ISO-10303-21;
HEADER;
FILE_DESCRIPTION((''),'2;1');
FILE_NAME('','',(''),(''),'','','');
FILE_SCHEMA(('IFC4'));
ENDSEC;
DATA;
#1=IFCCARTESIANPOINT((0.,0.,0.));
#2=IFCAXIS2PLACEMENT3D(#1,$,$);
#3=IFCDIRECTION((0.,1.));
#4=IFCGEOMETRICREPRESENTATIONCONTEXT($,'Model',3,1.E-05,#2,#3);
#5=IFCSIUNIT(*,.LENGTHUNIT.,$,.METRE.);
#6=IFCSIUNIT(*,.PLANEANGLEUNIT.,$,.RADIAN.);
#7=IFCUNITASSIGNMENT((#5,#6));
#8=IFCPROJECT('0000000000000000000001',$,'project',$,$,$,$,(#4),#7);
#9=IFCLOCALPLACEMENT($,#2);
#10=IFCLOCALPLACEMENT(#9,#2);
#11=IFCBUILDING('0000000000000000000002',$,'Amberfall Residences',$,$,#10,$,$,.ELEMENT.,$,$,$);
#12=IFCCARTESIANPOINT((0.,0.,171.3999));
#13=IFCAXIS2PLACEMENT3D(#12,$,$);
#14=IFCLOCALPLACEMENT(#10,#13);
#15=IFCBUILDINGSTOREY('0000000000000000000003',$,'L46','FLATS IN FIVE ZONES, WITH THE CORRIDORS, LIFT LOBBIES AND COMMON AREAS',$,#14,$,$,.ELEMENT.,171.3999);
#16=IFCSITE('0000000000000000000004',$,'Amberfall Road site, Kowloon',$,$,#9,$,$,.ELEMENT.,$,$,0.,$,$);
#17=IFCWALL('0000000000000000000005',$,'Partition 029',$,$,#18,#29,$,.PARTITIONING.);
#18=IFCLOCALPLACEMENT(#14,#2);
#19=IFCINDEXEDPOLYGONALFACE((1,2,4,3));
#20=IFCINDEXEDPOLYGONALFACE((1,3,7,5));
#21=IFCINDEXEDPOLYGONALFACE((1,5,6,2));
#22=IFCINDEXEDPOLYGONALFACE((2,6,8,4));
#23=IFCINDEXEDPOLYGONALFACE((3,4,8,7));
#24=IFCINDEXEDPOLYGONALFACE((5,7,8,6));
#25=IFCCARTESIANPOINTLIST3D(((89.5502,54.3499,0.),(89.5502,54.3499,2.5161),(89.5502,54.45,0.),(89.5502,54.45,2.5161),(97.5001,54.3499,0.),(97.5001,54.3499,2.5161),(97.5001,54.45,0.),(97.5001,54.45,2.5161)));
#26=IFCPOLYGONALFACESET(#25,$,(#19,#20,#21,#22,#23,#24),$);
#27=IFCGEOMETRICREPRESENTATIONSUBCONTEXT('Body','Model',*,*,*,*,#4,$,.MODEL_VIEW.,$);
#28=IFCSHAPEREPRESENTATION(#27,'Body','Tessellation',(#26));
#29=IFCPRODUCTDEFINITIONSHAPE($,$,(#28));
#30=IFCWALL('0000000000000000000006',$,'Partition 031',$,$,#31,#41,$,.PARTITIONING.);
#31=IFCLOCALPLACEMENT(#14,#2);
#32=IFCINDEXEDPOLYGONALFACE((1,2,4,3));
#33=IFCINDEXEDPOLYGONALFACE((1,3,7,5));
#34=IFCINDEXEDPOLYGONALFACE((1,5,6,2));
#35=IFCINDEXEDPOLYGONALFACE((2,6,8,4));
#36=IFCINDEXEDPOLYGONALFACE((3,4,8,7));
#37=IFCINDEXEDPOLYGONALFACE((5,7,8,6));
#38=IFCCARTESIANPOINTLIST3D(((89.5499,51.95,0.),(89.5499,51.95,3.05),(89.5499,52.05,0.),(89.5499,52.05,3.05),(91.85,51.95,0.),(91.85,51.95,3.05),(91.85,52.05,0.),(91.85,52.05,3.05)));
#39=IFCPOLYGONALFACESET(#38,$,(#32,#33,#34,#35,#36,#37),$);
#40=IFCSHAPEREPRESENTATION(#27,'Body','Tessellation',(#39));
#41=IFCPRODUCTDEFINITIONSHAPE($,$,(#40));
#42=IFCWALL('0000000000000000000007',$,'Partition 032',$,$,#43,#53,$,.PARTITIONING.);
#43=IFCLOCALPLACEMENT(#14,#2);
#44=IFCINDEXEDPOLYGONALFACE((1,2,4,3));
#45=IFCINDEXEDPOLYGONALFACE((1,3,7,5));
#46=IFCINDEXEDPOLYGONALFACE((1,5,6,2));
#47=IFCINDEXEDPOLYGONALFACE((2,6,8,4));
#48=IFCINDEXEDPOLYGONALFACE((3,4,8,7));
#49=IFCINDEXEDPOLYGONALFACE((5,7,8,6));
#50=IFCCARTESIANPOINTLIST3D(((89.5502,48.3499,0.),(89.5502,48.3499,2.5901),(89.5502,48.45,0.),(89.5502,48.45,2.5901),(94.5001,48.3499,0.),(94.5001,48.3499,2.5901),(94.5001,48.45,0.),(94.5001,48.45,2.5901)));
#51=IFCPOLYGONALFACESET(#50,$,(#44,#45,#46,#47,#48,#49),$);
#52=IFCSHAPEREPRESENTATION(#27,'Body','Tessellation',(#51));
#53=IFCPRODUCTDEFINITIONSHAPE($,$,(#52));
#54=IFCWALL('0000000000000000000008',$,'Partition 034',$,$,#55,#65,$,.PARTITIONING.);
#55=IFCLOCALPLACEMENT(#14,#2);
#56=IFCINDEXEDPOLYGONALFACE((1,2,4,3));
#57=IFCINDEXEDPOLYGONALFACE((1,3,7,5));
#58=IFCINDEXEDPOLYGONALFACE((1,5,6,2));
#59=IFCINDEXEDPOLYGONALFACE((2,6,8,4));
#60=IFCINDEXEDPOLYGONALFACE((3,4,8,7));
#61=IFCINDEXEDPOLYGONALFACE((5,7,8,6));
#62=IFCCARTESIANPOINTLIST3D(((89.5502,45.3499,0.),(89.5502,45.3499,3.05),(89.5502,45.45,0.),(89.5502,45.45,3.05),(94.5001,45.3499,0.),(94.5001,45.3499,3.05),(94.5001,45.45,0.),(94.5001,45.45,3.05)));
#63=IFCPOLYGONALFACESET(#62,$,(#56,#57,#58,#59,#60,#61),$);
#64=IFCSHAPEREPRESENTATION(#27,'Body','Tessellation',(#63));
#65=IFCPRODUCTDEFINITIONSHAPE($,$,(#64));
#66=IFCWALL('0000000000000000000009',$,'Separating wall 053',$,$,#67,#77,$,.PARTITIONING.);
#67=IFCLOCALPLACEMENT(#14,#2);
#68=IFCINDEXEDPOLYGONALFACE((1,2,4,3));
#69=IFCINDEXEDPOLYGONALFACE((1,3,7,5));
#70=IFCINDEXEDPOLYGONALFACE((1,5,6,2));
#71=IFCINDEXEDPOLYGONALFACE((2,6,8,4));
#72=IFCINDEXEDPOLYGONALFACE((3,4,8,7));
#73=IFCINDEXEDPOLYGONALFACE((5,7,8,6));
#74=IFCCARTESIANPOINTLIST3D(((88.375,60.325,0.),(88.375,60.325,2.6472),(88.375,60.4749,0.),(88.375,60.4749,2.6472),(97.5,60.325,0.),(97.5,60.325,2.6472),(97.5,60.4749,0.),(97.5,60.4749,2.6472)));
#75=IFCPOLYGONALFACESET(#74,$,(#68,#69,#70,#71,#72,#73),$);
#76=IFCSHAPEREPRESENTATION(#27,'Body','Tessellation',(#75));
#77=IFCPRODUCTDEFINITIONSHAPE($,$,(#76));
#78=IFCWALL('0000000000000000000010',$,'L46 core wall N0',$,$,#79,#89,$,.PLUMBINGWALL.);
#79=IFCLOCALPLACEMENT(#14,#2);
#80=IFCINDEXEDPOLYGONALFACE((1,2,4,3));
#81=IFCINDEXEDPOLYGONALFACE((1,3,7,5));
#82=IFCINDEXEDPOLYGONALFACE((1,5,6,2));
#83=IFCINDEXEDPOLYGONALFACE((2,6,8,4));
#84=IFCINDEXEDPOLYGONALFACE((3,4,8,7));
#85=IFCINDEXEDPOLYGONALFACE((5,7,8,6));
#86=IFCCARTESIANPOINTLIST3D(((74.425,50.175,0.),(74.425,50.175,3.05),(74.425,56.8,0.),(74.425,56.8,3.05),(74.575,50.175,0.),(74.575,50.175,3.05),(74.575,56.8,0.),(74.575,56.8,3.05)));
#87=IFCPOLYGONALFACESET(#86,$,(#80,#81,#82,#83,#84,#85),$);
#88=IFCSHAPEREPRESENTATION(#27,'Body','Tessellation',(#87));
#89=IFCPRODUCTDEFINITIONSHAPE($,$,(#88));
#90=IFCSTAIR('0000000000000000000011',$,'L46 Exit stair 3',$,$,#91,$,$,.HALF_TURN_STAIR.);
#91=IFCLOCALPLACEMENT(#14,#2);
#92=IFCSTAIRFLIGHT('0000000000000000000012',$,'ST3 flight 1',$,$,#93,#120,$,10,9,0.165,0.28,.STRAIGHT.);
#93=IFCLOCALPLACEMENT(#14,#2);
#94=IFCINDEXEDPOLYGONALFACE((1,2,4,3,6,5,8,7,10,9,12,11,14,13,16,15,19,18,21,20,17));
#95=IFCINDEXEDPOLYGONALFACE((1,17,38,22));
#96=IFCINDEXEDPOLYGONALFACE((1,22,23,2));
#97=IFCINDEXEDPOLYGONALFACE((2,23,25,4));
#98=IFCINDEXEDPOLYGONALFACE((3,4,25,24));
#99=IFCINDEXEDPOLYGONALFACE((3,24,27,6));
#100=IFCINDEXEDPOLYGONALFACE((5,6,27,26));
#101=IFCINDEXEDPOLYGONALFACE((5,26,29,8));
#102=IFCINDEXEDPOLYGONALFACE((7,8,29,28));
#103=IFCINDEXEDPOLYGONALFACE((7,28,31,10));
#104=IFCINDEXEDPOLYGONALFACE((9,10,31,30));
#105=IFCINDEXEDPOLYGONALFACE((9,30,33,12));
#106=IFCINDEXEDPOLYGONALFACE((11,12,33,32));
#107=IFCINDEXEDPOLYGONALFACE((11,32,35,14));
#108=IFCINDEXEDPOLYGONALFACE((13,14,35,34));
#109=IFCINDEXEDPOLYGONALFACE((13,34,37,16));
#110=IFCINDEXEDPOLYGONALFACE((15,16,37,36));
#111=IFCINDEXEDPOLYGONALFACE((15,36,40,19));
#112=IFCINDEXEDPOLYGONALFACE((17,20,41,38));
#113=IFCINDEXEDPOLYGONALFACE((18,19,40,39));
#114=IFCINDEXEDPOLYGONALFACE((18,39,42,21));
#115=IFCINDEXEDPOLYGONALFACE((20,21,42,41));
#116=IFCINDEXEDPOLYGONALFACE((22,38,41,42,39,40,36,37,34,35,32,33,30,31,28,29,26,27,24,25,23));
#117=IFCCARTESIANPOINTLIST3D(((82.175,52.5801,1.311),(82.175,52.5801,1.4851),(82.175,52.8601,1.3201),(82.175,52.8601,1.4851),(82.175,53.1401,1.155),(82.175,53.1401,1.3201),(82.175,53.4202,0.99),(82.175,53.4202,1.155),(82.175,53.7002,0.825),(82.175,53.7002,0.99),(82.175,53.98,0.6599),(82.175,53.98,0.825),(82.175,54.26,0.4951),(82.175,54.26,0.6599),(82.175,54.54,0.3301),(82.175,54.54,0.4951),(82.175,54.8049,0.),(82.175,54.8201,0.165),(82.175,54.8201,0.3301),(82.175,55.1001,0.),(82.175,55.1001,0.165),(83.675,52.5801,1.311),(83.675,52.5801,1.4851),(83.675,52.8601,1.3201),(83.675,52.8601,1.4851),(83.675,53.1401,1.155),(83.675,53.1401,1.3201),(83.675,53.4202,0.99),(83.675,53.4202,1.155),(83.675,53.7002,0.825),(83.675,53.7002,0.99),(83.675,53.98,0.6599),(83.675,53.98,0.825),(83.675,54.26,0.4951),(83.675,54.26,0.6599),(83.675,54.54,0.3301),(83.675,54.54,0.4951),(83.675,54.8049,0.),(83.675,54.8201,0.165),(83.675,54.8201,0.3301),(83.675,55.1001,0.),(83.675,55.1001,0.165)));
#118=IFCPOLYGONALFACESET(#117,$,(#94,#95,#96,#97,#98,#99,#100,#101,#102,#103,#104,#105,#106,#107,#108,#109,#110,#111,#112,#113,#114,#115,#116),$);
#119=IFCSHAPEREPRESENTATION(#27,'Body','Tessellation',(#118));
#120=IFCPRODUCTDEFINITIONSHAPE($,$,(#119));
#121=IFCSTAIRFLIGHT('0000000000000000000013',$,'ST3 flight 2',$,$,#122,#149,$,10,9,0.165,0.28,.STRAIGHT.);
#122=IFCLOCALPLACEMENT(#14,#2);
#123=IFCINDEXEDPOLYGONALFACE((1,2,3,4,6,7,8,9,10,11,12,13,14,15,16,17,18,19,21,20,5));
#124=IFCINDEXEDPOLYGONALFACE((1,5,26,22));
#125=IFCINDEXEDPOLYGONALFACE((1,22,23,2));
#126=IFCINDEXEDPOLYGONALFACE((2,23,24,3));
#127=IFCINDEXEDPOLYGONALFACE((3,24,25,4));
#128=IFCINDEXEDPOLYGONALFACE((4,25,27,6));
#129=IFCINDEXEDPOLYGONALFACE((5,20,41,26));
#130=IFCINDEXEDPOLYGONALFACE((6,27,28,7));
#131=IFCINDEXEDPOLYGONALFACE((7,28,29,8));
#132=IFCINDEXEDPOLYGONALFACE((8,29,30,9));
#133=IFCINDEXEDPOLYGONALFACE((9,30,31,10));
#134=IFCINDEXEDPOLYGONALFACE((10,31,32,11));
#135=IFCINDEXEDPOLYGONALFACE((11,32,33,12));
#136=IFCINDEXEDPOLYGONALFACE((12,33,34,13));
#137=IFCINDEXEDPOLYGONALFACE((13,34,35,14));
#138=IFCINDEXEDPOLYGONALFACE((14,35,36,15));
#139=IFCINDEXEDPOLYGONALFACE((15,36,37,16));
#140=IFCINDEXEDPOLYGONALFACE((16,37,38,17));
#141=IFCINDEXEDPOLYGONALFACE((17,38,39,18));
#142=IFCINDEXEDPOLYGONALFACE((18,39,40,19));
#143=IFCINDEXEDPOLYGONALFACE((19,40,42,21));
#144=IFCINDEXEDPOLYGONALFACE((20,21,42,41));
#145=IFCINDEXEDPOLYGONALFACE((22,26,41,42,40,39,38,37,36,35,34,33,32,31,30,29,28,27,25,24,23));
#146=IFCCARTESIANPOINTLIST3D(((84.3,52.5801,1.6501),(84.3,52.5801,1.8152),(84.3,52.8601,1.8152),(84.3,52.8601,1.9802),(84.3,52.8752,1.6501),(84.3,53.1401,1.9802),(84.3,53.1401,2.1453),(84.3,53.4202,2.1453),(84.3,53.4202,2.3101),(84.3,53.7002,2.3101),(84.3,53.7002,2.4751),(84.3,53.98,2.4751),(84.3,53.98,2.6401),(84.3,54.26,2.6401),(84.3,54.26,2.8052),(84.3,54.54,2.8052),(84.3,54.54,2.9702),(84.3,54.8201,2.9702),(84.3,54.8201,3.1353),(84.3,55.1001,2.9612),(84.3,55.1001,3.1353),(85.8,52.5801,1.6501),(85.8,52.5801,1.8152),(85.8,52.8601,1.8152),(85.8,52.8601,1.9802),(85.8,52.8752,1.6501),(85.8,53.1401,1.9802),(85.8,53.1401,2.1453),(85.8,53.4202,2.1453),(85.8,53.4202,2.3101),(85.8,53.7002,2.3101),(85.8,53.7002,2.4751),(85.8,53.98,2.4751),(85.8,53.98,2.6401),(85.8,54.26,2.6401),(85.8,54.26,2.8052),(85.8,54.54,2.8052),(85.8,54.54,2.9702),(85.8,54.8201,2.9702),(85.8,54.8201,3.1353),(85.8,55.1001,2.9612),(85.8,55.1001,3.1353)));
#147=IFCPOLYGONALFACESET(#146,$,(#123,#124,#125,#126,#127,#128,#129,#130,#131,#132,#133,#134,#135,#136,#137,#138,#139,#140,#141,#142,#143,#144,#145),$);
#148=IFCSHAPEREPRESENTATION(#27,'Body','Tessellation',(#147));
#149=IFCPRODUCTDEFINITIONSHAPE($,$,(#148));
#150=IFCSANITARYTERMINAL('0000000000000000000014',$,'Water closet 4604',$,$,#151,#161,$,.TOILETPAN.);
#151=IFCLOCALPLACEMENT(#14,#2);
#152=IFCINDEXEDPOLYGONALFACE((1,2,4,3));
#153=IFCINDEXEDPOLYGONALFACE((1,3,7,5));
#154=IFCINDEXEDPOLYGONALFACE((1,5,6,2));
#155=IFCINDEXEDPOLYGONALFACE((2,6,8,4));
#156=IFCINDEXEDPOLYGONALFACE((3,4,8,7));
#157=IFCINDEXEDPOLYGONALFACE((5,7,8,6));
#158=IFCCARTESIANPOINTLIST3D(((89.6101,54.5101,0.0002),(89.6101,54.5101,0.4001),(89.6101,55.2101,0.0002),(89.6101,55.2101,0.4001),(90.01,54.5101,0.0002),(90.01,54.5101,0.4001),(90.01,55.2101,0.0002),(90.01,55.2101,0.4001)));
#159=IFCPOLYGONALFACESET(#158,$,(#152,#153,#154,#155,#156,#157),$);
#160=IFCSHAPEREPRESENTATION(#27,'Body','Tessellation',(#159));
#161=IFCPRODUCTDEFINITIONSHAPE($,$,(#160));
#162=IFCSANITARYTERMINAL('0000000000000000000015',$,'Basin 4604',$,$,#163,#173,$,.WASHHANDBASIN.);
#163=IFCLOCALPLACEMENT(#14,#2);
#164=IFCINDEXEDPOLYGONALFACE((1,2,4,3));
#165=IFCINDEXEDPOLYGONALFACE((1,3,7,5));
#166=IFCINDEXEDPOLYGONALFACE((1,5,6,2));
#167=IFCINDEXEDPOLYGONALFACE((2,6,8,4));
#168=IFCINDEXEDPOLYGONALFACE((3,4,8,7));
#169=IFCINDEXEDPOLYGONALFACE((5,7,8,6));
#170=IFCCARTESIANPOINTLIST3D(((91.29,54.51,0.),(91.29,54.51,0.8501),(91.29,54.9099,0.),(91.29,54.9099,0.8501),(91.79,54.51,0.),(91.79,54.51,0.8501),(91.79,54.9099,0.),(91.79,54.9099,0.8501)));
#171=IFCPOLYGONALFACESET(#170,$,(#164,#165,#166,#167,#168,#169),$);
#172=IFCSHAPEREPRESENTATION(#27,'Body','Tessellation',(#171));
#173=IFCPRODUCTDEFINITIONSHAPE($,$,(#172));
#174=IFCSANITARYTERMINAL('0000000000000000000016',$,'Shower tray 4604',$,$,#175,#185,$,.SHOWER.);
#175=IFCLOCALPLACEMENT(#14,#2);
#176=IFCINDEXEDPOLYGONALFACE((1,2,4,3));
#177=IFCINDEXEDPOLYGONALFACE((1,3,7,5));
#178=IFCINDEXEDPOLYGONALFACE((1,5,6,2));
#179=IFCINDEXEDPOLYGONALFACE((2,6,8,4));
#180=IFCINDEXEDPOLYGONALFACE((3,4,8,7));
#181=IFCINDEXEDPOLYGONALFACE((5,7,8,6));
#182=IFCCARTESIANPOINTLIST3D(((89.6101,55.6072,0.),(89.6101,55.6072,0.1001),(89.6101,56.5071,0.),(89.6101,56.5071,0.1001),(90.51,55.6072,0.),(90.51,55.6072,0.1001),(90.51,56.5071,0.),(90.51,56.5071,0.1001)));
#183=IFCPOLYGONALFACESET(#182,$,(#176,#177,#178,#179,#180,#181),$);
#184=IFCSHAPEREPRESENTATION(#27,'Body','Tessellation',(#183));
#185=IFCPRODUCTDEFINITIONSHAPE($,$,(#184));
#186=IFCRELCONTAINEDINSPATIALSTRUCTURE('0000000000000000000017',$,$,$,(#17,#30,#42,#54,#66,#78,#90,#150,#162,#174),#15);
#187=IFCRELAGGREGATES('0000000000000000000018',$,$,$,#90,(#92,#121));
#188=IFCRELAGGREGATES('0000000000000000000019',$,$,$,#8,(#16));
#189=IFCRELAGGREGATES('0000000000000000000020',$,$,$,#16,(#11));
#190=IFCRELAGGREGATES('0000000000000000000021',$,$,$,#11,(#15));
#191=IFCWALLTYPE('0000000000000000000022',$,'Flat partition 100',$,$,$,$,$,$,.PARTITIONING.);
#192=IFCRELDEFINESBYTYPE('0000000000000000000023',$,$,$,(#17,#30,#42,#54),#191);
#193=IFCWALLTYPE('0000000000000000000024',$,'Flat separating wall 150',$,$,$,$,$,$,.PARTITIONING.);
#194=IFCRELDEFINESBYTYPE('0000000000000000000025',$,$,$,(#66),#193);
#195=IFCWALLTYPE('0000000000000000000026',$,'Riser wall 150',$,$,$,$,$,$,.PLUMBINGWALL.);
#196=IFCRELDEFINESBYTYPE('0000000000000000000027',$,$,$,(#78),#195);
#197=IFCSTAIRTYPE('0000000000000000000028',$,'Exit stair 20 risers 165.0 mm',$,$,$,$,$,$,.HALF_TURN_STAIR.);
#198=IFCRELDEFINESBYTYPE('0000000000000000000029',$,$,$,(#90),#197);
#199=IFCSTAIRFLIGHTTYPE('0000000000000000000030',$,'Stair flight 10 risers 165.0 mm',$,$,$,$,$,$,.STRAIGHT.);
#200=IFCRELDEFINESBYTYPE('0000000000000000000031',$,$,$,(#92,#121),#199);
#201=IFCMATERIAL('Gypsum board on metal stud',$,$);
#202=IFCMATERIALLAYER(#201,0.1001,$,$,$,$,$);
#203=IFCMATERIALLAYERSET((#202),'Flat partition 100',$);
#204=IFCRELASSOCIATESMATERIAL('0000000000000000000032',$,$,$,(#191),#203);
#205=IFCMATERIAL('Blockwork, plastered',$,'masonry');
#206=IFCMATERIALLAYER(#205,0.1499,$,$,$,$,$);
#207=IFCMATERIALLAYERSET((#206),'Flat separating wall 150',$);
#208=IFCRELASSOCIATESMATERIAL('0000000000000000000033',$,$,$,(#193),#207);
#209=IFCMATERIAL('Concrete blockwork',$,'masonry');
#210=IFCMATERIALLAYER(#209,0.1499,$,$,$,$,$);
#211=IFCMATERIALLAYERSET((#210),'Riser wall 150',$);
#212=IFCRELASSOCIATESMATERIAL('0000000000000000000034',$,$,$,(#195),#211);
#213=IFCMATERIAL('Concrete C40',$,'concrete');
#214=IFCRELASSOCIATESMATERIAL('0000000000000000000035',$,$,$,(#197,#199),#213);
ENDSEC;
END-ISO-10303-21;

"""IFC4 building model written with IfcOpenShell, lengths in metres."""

from ifc_helpers import new_model, si_unit, direction, frame, frame_2d, origin, origin_2d, place, context, subcontext, project, spatial, polyline, rectangle, outline, extrude, material, layer, layer_set, type_object, element, aggregate, save


model = new_model("IFC4")

# Units and contexts
model_context = context("Model", 3, precision=1e-05, world=origin(), true_north=direction((0.0, 1.0)))
body_context = subcontext(model_context, "Body", "Model", "MODEL_VIEW")
ifc_project = project(units=[si_unit("LENGTHUNIT", "METRE"), si_unit("PLANEANGLEUNIT", "RADIAN")], contexts=[model_context])

# Site, building, storey
site_placement = place(None, origin())
site = spatial("IfcSite", under=ifc_project, at=site_placement, Name="Amberfall Road site, Kowloon", CompositionType="ELEMENT", RefElevation=0.0)
building_placement = place(site_placement, origin())
building = spatial("IfcBuilding", under=site, at=building_placement, Name="Amberfall Residences", CompositionType="ELEMENT")
storey_placement = place(building_placement, frame((0.0, 0.0, 171.3999)))
storey = spatial("IfcBuildingStorey", under=building, at=storey_placement, Name="L46", Description="FLATS IN FIVE ZONES, WITH THE CORRIDORS, LIFT LOBBIES AND COMMON AREAS", CompositionType="ELEMENT", Elevation=171.3999)

# Shared definitions
ifc_material_1 = material(Name="Gypsum board on metal stud")
ifc_layer_1 = layer(ifc_material_1, 0.1001)
ifc_layer_set_1 = layer_set([ifc_layer_1], Name="Flat partition 100")
wall_type_1 = type_object("IfcWallType", Name="Flat partition 100", PredefinedType="PARTITIONING", material=ifc_layer_set_1)

# Walls
wall_1_placement = place(storey_placement, frame((89.55, 54.3999, 0.0), z_axis=(0.0, 0.0, 1.0), x_axis=(1.0, 0.0, 0.0)))
element("IfcWall", 1, at=wall_1_placement, inside=storey, type_object=wall_type_1, Name="Partition 029", PredefinedType="PARTITIONING", context=body_context, shape_type="SweptSolid", body=[
    extrude(rectangle(XDim=7.95, YDim=0.1001, at=frame_2d((3.9751, 0.0))), origin(), (0.0, 0.0, 1.0), 2.5161),
])
wall_2_placement = place(storey_placement, frame((89.55, 52.0, 0.0), z_axis=(0.0, 0.0, 1.0), x_axis=(1.0, 0.0, 0.0)))
element("IfcWall", 2, at=wall_2_placement, inside=storey, type_object=wall_type_1, Name="Partition 031", PredefinedType="PARTITIONING", context=body_context, shape_type="SweptSolid", body=[
    extrude(rectangle(XDim=2.3, YDim=0.1001, at=frame_2d((1.1499, 0.0))), origin(), (0.0, 0.0, 1.0), 3.05),
])
wall_3_placement = place(storey_placement, frame((89.55, 48.3999, 0.0), z_axis=(0.0, 0.0, 1.0), x_axis=(1.0, 0.0, 0.0)))
element("IfcWall", 3, at=wall_3_placement, inside=storey, type_object=wall_type_1, Name="Partition 032", PredefinedType="PARTITIONING", context=body_context, shape_type="SweptSolid", body=[
    extrude(rectangle(XDim=4.95, YDim=0.1001, at=frame_2d((2.4751, 0.0))), origin(), (0.0, 0.0, 1.0), 2.5901),
])
wall_4_placement = place(storey_placement, frame((89.55, 45.3999, 0.0), z_axis=(0.0, 0.0, 1.0), x_axis=(1.0, 0.0, 0.0)))
element("IfcWall", 4, at=wall_4_placement, inside=storey, type_object=wall_type_1, Name="Partition 034", PredefinedType="PARTITIONING", context=body_context, shape_type="SweptSolid", body=[
    extrude(rectangle(XDim=4.95, YDim=0.1001, at=frame_2d((2.4751, 0.0))), origin(), (0.0, 0.0, 1.0), 3.05),
])
ifc_material_2 = material(Name="Blockwork, plastered", Category="masonry")
ifc_layer_2 = layer(ifc_material_2, 0.1499)
ifc_layer_set_2 = layer_set([ifc_layer_2], Name="Flat separating wall 150")
wall_type_2 = type_object("IfcWallType", Name="Flat separating wall 150", PredefinedType="PARTITIONING", material=ifc_layer_set_2)
wall_5_placement = place(storey_placement, frame((88.375, 60.3999, 0.0), z_axis=(0.0, 0.0, 1.0), x_axis=(1.0, 0.0, 0.0)))
element("IfcWall", 5, at=wall_5_placement, inside=storey, type_object=wall_type_2, Name="Separating wall 053", PredefinedType="PARTITIONING", context=body_context, shape_type="SweptSolid", body=[
    extrude(rectangle(XDim=9.125, YDim=0.1499, at=frame_2d((4.5625, 0.0))), origin(), (0.0, 0.0, 1.0), 2.6472),
])
ifc_material_3 = material(Name="Concrete blockwork", Category="masonry")
ifc_layer_3 = layer(ifc_material_3, 0.1499)
ifc_layer_set_3 = layer_set([ifc_layer_3], Name="Riser wall 150")
wall_type_3 = type_object("IfcWallType", Name="Riser wall 150", PredefinedType="PLUMBINGWALL", material=ifc_layer_set_3)
wall_6_placement = place(storey_placement, frame((74.5, 50.175, 0.0), z_axis=(0.0, 0.0, 1.0), x_axis=(0.0, 1.0, 0.0)))
element("IfcWall", 6, at=wall_6_placement, inside=storey, type_object=wall_type_3, Name="L46 core wall N0", PredefinedType="PLUMBINGWALL", context=body_context, shape_type="SweptSolid", body=[
    extrude(rectangle(XDim=6.625, YDim=0.1499, at=frame_2d((3.3125, 0.0))), origin(), (0.0, 0.0, 1.0), 3.05),
])

# Stair, stair flights
ifc_material_4 = material(Name="Concrete C40", Category="concrete")
stair_type = type_object("IfcStairType", Name="Exit stair 20 risers 165.0 mm", PredefinedType="HALF_TURN_STAIR", material=ifc_material_4)
stair_placement = place(storey_placement, origin())
stair = element("IfcStair", 7, at=stair_placement, inside=storey, type_object=stair_type, Name="L46 Exit stair 3", PredefinedType="HALF_TURN_STAIR")
stair_flight_type = type_object("IfcStairFlightType", Name="Stair flight 10 risers 165.0 mm", PredefinedType="STRAIGHT", material=ifc_material_4)
stair_flight_1_placement = place(storey_placement, frame((82.925, 55.1001, 0.0), z_axis=(0.0, 0.0, 1.0), x_axis=(0.0, -1.0, 0.0)))
stair_flight_1 = element("IfcStairFlight", 8, at=stair_flight_1_placement, type_object=stair_flight_type, Name="ST3 flight 1", NumberOfRisers=10, NumberOfTreads=9, PredefinedType="STRAIGHT", RiserHeight=0.165, TreadLength=0.28, context=body_context, shape_type="SweptSolid", body=[
    extrude(outline(polyline([(0.0, 0.0), (0.0, 0.165), (0.28, 0.165), (0.28, 0.3301), (0.5601, 0.3301), (0.5601, 0.4951), (0.8401, 0.4951), (0.8401, 0.6599), (1.1201, 0.6599), (1.1201, 0.825), (1.3999, 0.825), (1.3999, 0.99), (1.6799, 0.99), (1.6799, 1.155), (1.96, 1.155), (1.96, 1.3201), (2.24, 1.3201), (2.24, 1.4851), (2.52, 1.4851), (2.52, 1.6499), (2.52, 1.311), (0.2952, 0.0), (0.0, 0.0)])), frame((0.0, 0.75, 0.0), z_axis=(0.0, -1.0, 0.0), x_axis=(1.0, 0.0, 0.0)), (0.0, 0.0, 1.0), 1.5),
])
stair_flight_2_placement = place(storey_placement, frame((85.05, 52.5801, 1.6501), z_axis=(0.0, 0.0, 1.0), x_axis=(0.0, 1.0, 0.0)))
stair_flight_2 = element("IfcStairFlight", 9, at=stair_flight_2_placement, type_object=stair_flight_type, Name="ST3 flight 2", NumberOfRisers=10, NumberOfTreads=9, PredefinedType="STRAIGHT", RiserHeight=0.165, TreadLength=0.28, context=body_context, shape_type="SweptSolid", body=[
    extrude(outline(polyline([(0.0, 0.0), (0.0, 0.165), (0.28, 0.165), (0.28, 0.3301), (0.5601, 0.3301), (0.5601, 0.4951), (0.8401, 0.4951), (0.8401, 0.6599), (1.1201, 0.6599), (1.1201, 0.825), (1.3999, 0.825), (1.3999, 0.99), (1.6799, 0.99), (1.6799, 1.155), (1.96, 1.155), (1.96, 1.3201), (2.24, 1.3201), (2.24, 1.4851), (2.52, 1.4851), (2.52, 1.6499), (2.52, 1.311), (0.2952, 0.0), (0.0, 0.0)])), frame((0.0, 0.75, 0.0), z_axis=(0.0, -1.0, 0.0), x_axis=(1.0, 0.0, 0.0)), (0.0, 0.0, 1.0), 1.5),
])
aggregate(stair, [stair_flight_1, stair_flight_2])

# Sanitary terminals
sanitary_terminal_1_placement = place(storey_placement, frame((89.8101, 54.8601, 0.0002), z_axis=(0.0, 0.0, 1.0), x_axis=(1.0, 0.0, 0.0)))
element("IfcSanitaryTerminal", 10, at=sanitary_terminal_1_placement, inside=storey, Name="Water closet 4604", PredefinedType="TOILETPAN", context=body_context, shape_type="SweptSolid", body=[
    extrude(rectangle(XDim=0.3999, YDim=0.7, at=origin_2d()), origin(), (0.0, 0.0, 1.0), 0.3999),
])
sanitary_terminal_2_placement = place(storey_placement, frame((91.54, 54.71, 0.0), z_axis=(0.0, 0.0, 1.0), x_axis=(1.0, 0.0, 0.0)))
element("IfcSanitaryTerminal", 11, at=sanitary_terminal_2_placement, inside=storey, Name="Basin 4604", PredefinedType="WASHHANDBASIN", context=body_context, shape_type="SweptSolid", body=[
    extrude(rectangle(XDim=0.5, YDim=0.3999, at=origin_2d()), origin(), (0.0, 0.0, 1.0), 0.8501),
])
sanitary_terminal_3_placement = place(storey_placement, frame((90.0601, 56.0571, 0.0), z_axis=(0.0, 0.0, 1.0), x_axis=(1.0, 0.0, 0.0)))
element("IfcSanitaryTerminal", 12, at=sanitary_terminal_3_placement, inside=storey, Name="Shower tray 4604", PredefinedType="SHOWER", context=body_context, shape_type="SweptSolid", body=[
    extrude(rectangle(XDim=0.8999, YDim=0.8999, at=origin_2d()), origin(), (0.0, 0.0, 1.0), 0.1001),
])

save(model, "model.ifc")
